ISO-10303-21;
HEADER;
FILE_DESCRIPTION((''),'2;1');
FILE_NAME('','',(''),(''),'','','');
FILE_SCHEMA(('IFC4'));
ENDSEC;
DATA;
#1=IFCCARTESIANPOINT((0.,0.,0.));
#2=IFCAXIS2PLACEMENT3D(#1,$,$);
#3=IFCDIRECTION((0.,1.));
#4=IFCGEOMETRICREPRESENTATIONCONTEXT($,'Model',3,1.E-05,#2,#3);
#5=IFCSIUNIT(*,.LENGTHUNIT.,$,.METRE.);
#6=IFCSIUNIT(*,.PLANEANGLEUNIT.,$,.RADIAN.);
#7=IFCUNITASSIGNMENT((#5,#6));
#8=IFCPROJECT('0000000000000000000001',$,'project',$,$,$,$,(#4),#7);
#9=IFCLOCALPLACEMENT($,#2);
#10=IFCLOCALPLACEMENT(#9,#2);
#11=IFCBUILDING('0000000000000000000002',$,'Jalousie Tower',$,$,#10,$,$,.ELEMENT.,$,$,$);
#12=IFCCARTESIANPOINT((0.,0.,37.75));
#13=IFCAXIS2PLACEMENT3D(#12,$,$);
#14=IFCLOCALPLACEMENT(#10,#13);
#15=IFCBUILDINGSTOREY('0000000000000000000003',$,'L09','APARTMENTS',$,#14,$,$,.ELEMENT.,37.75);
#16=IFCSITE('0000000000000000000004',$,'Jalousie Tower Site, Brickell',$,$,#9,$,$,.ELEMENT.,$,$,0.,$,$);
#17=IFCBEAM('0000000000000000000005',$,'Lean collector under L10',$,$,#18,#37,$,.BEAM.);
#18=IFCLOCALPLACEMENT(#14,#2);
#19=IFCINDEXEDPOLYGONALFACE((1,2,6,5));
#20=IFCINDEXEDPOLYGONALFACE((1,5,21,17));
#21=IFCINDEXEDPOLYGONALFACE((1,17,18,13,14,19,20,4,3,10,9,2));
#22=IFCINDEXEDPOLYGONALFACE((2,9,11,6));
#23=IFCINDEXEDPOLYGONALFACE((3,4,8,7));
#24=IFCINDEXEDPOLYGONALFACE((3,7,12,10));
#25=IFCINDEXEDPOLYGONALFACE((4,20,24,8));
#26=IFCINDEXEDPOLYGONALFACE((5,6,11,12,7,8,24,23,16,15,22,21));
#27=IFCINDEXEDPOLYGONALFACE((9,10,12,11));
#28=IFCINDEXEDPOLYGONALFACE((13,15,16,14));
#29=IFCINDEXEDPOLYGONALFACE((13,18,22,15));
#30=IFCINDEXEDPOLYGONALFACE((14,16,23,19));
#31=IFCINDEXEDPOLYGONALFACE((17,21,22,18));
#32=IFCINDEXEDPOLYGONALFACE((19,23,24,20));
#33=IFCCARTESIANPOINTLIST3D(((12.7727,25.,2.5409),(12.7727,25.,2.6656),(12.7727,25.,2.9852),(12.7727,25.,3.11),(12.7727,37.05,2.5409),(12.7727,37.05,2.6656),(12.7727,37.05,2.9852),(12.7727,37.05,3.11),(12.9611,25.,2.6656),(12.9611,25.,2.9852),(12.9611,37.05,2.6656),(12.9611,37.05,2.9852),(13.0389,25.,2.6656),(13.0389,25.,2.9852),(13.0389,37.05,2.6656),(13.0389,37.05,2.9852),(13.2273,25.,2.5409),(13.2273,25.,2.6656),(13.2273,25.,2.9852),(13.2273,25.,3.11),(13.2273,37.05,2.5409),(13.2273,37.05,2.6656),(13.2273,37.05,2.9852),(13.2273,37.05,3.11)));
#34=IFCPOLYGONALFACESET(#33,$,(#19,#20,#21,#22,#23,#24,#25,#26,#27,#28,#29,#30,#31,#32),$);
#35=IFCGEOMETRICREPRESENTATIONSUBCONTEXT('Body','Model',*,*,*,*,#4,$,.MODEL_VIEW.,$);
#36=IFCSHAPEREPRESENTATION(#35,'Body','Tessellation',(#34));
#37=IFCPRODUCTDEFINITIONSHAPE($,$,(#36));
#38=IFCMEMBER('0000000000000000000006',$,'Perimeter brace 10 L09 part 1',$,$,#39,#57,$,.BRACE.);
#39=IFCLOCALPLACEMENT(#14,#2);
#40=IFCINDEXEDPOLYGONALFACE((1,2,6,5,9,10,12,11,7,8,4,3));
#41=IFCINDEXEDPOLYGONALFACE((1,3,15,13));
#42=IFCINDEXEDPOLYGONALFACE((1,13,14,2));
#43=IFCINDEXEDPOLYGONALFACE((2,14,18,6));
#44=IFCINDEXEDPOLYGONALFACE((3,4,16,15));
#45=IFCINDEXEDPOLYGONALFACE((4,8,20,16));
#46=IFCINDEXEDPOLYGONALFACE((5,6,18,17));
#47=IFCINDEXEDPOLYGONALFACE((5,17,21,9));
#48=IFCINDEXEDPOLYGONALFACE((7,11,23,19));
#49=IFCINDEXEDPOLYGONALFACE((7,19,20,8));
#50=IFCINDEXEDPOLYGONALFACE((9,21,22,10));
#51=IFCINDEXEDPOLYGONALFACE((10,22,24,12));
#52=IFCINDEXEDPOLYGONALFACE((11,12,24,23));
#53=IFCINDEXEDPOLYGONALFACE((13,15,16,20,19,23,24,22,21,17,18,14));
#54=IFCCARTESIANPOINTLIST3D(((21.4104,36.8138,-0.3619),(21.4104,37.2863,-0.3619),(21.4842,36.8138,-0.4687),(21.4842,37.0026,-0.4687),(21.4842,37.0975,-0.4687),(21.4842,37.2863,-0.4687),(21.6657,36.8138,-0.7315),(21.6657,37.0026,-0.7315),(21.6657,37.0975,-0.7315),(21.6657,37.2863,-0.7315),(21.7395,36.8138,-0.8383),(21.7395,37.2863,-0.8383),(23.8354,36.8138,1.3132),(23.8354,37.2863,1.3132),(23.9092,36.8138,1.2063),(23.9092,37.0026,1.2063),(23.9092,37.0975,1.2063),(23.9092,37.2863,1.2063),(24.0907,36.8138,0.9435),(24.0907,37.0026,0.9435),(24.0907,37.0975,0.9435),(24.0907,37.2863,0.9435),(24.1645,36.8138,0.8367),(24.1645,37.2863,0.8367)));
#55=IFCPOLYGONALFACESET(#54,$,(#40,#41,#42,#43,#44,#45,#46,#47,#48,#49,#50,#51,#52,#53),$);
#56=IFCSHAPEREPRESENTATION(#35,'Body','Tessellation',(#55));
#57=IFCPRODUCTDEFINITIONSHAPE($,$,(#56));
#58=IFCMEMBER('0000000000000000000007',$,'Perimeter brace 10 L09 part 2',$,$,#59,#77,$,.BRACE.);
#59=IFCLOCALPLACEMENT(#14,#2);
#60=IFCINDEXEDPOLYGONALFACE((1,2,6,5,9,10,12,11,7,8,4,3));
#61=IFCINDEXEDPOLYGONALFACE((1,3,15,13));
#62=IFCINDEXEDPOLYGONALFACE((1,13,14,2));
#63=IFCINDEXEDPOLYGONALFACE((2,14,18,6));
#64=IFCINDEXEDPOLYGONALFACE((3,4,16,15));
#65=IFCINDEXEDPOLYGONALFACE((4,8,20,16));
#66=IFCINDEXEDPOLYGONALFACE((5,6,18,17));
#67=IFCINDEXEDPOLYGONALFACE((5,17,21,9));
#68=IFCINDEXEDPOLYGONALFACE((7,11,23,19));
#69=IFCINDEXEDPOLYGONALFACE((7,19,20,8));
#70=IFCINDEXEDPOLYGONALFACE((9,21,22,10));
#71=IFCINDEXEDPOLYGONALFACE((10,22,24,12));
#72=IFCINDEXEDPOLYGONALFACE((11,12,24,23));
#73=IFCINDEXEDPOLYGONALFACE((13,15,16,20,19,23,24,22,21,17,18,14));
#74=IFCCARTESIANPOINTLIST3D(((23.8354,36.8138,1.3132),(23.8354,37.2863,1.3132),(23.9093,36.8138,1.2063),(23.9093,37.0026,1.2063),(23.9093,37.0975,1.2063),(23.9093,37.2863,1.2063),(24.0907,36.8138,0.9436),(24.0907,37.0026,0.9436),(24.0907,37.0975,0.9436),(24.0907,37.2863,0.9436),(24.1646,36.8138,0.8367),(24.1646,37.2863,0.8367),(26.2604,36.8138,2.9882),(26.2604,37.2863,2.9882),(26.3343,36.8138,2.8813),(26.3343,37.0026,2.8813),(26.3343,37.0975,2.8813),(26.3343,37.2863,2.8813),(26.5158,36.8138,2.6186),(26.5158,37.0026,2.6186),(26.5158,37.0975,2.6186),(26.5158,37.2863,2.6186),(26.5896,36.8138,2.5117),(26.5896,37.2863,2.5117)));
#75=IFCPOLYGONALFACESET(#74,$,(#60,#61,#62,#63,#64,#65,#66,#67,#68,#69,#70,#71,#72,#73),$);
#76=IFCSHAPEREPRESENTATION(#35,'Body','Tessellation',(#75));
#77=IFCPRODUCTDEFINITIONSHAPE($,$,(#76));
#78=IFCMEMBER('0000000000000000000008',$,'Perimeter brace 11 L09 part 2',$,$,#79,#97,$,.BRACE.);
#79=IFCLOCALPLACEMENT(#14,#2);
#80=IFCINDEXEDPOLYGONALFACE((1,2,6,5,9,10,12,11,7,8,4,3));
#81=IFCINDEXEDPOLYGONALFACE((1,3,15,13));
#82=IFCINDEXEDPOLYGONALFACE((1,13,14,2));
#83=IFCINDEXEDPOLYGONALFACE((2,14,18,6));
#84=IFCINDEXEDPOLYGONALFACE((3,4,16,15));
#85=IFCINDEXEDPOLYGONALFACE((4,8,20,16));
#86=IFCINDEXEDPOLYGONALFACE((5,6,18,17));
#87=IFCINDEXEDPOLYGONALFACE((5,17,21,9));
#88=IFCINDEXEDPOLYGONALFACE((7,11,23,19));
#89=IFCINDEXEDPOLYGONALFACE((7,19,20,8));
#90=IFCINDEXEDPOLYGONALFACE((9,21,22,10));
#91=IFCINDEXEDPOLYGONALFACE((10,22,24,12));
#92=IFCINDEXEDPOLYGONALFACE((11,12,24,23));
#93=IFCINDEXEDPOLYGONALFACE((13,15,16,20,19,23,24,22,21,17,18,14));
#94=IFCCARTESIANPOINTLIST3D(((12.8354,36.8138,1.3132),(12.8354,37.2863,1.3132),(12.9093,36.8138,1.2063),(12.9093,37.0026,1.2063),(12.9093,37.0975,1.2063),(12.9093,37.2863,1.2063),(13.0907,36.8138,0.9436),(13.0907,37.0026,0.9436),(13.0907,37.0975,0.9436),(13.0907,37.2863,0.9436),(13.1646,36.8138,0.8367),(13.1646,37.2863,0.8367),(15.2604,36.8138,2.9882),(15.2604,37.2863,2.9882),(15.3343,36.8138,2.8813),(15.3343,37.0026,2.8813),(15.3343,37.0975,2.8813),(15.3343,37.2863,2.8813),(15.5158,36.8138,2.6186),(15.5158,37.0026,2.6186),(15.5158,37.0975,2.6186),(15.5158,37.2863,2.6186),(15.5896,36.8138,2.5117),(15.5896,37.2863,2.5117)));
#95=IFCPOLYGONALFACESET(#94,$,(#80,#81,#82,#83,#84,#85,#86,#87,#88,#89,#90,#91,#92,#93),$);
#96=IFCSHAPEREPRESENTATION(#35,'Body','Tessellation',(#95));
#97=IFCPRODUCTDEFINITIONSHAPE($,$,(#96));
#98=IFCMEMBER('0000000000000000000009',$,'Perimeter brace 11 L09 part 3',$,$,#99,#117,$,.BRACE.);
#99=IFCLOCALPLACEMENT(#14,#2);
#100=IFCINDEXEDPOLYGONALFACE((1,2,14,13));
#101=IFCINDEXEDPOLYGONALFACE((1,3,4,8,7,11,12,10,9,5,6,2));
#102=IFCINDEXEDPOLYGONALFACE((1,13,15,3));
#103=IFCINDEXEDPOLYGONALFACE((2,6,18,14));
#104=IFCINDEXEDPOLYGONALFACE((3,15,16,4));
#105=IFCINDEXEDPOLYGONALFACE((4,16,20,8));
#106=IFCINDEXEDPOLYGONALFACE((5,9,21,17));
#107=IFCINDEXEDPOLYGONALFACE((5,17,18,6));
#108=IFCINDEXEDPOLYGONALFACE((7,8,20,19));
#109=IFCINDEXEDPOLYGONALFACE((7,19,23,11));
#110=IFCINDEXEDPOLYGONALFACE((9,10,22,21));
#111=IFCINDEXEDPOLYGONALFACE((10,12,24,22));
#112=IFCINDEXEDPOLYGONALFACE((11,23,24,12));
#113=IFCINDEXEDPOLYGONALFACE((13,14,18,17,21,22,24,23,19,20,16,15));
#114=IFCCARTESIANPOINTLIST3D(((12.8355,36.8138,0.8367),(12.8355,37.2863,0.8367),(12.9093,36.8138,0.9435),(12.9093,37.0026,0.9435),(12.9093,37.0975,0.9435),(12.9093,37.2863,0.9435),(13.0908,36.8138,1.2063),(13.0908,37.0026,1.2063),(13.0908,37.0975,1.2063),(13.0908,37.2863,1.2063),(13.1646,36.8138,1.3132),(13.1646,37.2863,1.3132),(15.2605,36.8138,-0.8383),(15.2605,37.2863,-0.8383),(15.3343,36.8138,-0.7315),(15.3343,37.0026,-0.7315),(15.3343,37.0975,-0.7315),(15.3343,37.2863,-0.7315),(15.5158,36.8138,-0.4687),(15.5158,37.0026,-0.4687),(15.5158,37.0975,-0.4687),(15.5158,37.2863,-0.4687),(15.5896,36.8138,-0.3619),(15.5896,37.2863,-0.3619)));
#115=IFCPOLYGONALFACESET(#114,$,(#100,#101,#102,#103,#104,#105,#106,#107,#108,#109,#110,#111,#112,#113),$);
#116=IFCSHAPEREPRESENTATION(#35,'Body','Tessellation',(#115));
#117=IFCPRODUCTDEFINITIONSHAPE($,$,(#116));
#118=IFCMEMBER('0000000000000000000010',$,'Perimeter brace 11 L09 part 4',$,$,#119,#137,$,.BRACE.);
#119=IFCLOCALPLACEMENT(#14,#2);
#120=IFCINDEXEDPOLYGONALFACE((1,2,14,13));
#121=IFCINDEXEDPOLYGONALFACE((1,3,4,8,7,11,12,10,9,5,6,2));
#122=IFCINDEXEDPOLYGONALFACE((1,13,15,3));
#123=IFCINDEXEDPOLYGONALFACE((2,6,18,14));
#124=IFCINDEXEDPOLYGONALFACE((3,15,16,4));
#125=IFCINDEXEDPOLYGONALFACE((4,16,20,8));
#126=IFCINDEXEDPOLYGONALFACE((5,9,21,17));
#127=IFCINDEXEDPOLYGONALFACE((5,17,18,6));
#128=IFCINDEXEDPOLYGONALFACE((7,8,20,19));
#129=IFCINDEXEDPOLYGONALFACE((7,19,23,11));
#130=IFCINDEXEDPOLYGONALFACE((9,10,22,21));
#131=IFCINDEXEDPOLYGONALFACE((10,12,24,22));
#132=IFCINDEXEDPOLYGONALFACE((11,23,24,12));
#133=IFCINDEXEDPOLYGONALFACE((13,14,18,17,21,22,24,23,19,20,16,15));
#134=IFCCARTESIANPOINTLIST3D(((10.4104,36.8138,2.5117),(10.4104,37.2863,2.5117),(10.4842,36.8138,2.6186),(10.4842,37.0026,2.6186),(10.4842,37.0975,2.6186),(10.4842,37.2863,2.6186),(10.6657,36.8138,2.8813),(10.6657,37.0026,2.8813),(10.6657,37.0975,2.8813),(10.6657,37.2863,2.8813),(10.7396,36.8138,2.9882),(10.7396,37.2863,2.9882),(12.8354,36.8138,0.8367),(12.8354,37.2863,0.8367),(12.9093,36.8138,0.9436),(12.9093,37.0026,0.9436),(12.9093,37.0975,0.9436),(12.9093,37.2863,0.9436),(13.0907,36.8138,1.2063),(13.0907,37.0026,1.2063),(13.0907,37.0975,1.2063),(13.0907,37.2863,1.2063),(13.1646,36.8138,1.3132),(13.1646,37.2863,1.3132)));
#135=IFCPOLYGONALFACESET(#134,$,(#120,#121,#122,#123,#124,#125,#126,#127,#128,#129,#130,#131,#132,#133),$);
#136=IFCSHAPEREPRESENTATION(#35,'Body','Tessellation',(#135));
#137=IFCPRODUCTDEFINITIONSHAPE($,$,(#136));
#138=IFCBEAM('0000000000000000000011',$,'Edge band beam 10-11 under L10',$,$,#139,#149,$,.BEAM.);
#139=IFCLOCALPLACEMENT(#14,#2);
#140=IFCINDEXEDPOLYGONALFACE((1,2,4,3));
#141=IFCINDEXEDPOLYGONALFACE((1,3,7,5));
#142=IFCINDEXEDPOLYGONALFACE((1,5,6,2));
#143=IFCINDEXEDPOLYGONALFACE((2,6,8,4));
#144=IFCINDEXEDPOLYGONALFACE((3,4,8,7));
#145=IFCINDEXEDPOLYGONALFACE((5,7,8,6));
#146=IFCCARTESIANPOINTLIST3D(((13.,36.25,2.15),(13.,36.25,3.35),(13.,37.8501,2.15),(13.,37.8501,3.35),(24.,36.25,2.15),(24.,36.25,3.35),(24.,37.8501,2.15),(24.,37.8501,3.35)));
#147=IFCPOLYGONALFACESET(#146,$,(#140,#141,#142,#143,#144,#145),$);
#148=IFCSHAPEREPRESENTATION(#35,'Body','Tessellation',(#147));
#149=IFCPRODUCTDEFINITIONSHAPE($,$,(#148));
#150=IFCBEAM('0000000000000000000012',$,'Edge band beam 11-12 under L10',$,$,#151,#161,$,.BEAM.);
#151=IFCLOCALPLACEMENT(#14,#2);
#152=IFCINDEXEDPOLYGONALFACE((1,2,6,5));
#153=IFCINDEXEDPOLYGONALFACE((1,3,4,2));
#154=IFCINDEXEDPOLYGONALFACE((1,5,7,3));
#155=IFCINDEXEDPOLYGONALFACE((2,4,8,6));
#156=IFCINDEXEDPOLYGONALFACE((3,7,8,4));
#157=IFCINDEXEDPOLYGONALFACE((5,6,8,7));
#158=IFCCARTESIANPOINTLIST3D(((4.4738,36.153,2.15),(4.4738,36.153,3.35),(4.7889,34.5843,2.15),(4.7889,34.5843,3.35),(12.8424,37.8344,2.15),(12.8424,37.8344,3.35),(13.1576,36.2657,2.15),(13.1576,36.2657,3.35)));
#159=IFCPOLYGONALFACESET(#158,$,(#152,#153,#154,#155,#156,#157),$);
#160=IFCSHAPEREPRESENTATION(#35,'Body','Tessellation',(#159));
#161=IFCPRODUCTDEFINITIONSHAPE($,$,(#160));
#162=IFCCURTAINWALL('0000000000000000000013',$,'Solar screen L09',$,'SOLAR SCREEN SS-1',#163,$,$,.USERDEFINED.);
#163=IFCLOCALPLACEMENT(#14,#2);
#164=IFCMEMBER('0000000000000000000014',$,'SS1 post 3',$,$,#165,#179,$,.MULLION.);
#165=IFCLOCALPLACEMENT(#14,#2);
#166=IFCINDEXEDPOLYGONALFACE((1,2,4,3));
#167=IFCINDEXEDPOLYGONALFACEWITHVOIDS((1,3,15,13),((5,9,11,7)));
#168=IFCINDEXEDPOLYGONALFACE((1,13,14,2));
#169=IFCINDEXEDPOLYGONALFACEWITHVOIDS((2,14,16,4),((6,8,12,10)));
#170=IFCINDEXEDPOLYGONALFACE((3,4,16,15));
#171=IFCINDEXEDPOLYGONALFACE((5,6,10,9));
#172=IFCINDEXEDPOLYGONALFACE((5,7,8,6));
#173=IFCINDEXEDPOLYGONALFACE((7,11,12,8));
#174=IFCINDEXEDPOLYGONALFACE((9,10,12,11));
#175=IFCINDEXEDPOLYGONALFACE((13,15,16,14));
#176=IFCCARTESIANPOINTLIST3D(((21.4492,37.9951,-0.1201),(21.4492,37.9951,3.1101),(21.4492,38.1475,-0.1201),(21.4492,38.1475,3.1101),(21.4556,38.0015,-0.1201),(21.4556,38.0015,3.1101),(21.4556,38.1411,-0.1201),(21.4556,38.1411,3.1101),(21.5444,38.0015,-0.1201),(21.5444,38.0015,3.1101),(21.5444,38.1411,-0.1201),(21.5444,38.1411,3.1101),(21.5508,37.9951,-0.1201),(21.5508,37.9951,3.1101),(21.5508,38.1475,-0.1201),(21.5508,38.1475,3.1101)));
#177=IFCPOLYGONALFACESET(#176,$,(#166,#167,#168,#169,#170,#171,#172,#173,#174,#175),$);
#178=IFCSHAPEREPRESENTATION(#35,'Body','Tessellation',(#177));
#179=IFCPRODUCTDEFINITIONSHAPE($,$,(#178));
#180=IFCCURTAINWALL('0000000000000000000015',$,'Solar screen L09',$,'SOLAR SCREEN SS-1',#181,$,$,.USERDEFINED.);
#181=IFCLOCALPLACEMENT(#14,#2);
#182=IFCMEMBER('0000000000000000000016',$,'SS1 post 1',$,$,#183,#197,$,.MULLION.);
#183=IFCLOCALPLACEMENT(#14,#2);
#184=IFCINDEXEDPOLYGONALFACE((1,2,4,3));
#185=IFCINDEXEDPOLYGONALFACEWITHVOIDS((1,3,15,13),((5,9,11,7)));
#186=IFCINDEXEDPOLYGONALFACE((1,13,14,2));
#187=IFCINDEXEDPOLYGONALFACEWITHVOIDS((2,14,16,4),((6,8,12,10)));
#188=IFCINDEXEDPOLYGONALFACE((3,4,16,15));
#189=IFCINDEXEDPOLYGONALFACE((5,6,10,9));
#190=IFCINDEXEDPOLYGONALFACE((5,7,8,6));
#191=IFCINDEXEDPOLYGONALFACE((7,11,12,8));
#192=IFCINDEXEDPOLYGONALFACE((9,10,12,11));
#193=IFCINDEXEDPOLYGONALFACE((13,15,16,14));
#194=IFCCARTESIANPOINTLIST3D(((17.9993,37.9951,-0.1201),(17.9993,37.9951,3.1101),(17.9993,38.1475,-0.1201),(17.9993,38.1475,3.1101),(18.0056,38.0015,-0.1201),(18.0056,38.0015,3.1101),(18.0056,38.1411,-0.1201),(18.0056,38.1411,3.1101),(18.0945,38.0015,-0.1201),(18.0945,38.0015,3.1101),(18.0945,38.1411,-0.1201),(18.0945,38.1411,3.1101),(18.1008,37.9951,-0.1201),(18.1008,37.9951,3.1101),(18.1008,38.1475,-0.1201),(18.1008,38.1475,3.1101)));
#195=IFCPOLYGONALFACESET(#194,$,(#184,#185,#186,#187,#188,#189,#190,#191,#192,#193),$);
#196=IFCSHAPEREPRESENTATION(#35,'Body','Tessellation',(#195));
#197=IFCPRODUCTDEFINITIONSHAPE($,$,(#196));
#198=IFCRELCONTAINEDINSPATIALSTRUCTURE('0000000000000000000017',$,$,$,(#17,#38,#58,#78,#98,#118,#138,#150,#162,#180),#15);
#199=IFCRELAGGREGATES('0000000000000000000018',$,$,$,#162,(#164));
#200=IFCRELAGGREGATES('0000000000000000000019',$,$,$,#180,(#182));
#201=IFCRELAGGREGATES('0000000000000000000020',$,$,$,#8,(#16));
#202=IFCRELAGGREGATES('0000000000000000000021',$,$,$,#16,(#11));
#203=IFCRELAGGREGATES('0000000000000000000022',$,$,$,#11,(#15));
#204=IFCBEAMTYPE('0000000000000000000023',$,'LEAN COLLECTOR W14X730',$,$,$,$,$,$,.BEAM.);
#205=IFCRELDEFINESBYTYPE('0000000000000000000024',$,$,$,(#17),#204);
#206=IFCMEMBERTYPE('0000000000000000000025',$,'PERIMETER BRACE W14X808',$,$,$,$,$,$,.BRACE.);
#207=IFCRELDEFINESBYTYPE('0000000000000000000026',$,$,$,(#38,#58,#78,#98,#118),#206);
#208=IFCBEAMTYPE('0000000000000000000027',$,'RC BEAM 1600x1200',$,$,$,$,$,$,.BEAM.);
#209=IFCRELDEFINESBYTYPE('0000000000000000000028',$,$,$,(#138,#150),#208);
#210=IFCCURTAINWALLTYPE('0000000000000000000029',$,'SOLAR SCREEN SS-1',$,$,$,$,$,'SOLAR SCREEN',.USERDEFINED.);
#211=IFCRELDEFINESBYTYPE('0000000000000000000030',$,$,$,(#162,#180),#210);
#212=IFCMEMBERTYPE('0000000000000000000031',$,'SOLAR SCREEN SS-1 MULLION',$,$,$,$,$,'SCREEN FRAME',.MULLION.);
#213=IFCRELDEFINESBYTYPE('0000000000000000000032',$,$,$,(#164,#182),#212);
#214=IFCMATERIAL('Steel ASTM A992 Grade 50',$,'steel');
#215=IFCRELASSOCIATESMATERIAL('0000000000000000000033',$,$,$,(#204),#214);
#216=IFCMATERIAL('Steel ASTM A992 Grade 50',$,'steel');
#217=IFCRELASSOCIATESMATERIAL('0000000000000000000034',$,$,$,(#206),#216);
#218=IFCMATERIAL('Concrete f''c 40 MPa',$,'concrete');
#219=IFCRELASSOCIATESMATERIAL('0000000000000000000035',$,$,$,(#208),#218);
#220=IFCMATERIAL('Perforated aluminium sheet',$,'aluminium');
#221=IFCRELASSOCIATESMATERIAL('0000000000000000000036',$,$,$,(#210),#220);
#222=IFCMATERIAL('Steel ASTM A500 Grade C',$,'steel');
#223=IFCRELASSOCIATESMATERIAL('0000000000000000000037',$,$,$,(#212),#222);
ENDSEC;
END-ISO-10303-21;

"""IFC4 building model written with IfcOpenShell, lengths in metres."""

from ifc_helpers import new_model, si_unit, direction, frame, origin, origin_2d, place, context, subcontext, project, spatial, rectangle, hollow_rectangle, i_section, extrude, material, material_profile, profile_set, type_object, element, aggregate, save


model = new_model("IFC4")

# Units and contexts
model_context = context("Model", 3, precision=1e-05, world=origin(), true_north=direction((0.0, 1.0)))
body_context = subcontext(model_context, "Body", "Model", "MODEL_VIEW")
ifc_project = project(units=[si_unit("LENGTHUNIT", "METRE"), si_unit("PLANEANGLEUNIT", "RADIAN")], contexts=[model_context])

# Site, building, storey
site_placement = place(None, origin())
site = spatial("IfcSite", under=ifc_project, at=site_placement, Name="Jalousie Tower Site, Brickell", CompositionType="ELEMENT", RefElevation=0.0)
building_placement = place(site_placement, origin())
building = spatial("IfcBuilding", under=site, at=building_placement, Name="Jalousie Tower", CompositionType="ELEMENT")
storey_placement = place(building_placement, frame((0.0, 0.0, 37.75)))
storey = spatial("IfcBuildingStorey", under=building, at=storey_placement, Name="L09", Description="APARTMENTS", CompositionType="ELEMENT", Elevation=37.75)

# Beam
ifc_material_1 = material(Name="Steel ASTM A992 Grade 50", Category="steel")
ifc_material_profile_1 = material_profile(ifc_material_1, i_section(OverallWidth=0.4546, OverallDepth=0.5691, WebThickness=0.0779, FlangeThickness=0.1248, at=origin_2d()), Name="W14X730")
ifc_profile_set_1 = profile_set([ifc_material_profile_1], Name="Steel ASTM A992 Grade 50")
beam_type_1 = type_object("IfcBeamType", Name="LEAN COLLECTOR W14X730", PredefinedType="BEAM", material=ifc_profile_set_1)
beam_1_placement = place(storey_placement, frame((13.0, 37.05, 2.8254), z_axis=(0.0, -1.0, 0.0), x_axis=(1.0, 0.0, 0.0)))
element("IfcBeam", 1, at=beam_1_placement, inside=storey, type_object=beam_type_1, Name="Lean collector under L10", PredefinedType="BEAM", context=body_context, shape_type="SweptSolid", body=[
    extrude(i_section(OverallWidth=0.4546, OverallDepth=0.5691, WebThickness=0.0779, FlangeThickness=0.1248, at=origin_2d()), origin(), (0.0, 0.0, 1.0), 12.05),
])

# Members
ifc_material_2 = material(Name="Steel ASTM A992 Grade 50", Category="steel")
ifc_material_profile_2 = material_profile(ifc_material_2, i_section(OverallWidth=0.4724, OverallDepth=0.5791, WebThickness=0.095, FlangeThickness=0.1299, at=origin_2d()), Name="W14X808")
ifc_profile_set_2 = profile_set([ifc_material_profile_2], Name="Steel ASTM A992 Grade 50")
member_type_1 = type_object("IfcMemberType", Name="PERIMETER BRACE W14X808", PredefinedType="BRACE", material=ifc_profile_set_2)
for number, where, z_axis, x_axis, name in (
    (2, (21.575, 37.05, -0.6001), (0.8228, 0.0, 0.568331), (0.0, 1.0, 0.0), "Perimeter brace 10 L09 part 1"),
    (3, (24.0, 37.05, 1.075), (0.8228, 0.0, 0.568331), (0.0, 1.0, 0.0), "Perimeter brace 10 L09 part 2"),
    (4, (13.0, 37.05, 1.075), (0.8228, 0.0, 0.568331), (0.0, 1.0, 0.0), "Perimeter brace 11 L09 part 2"),
    (5, (15.425, 37.05, -0.6001), (-0.8228, 0.0, 0.568331), (0.0, -1.0, 0.0), "Perimeter brace 11 L09 part 3"),
    (6, (13.0, 37.05, 1.075), (-0.8228, 0.0, 0.568331), (0.0, -1.0, 0.0), "Perimeter brace 11 L09 part 4"),
):
    element("IfcMember", number, at=place(storey_placement, frame(where, z_axis=z_axis, x_axis=x_axis)), inside=storey, type_object=member_type_1, Name=name, PredefinedType="BRACE", context=body_context, shape_type="SweptSolid", body=[
        extrude(i_section(OverallWidth=0.4724, OverallDepth=0.5791, WebThickness=0.095, FlangeThickness=0.1299, at=origin_2d()), origin(), (0.0, 0.0, 1.0), 2.9473),
    ])

# Beams
ifc_material_3 = material(Name="Concrete f'c 40 MPa", Category="concrete")
ifc_material_profile_3 = material_profile(ifc_material_3, rectangle(XDim=1.6001, YDim=1.2, at=origin_2d()), Name="RC 1600x1200")
ifc_profile_set_3 = profile_set([ifc_material_profile_3], Name="Concrete f'c 40 MPa")
beam_type_2 = type_object("IfcBeamType", Name="RC BEAM 1600x1200", PredefinedType="BEAM", material=ifc_profile_set_3)
beam_2_placement = place(storey_placement, frame((24.0, 37.05, 2.75), z_axis=(-1.0, 0.0, 0.0), x_axis=(0.0, -1.0, 0.0)))
element("IfcBeam", 7, at=beam_2_placement, inside=storey, type_object=beam_type_2, Name="Edge band beam 10-11 under L10", PredefinedType="BEAM", context=body_context, shape_type="SweptSolid", body=[
    extrude(rectangle(XDim=1.6001, YDim=1.2, at=origin_2d()), origin(), (0.0, 0.0, 1.0), 11.0),
])
beam_3_placement = place(storey_placement, frame((13.0, 37.05, 2.75), z_axis=(-0.980408, -0.19698, 0.0), x_axis=(0.19698, -0.980408, 0.0)))
element("IfcBeam", 8, at=beam_3_placement, inside=storey, type_object=beam_type_2, Name="Edge band beam 11-12 under L10", PredefinedType="BEAM", context=body_context, shape_type="SweptSolid", body=[
    extrude(rectangle(XDim=1.6001, YDim=1.2, at=origin_2d()), origin(), (0.0, 0.0, 1.0), 8.5359),
])

# Curtain wall, member
ifc_material_4 = material(Name="Perforated aluminium sheet", Category="aluminium")
curtain_wall_type = type_object("IfcCurtainWallType", Name="SOLAR SCREEN SS-1", ElementType="SOLAR SCREEN", PredefinedType="USERDEFINED", material=ifc_material_4)
curtain_wall_1_placement = place(storey_placement, origin())
curtain_wall_1 = element("IfcCurtainWall", 9, at=curtain_wall_1_placement, inside=storey, type_object=curtain_wall_type, Name="Solar screen L09", ObjectType="SOLAR SCREEN SS-1", PredefinedType="USERDEFINED")
ifc_material_5 = material(Name="Steel ASTM A500 Grade C", Category="steel")
ifc_material_profile_4 = material_profile(ifc_material_5, hollow_rectangle(XDim=0.1016, YDim=0.1523, WallThickness=0.0063, at=origin_2d()), Name="HSS6X4X1/4")
ifc_profile_set_4 = profile_set([ifc_material_profile_4], Name="Steel ASTM A500 Grade C")
member_type_2 = type_object("IfcMemberType", Name="SOLAR SCREEN SS-1 MULLION", ElementType="SCREEN FRAME", PredefinedType="MULLION", material=ifc_profile_set_4)
member_1_placement = place(storey_placement, frame((21.5, 38.0713, -0.1201), z_axis=(0.0, 0.0, 1.0), x_axis=(-1.0, 0.0, 0.0)))
member_1 = element("IfcMember", 10, at=member_1_placement, type_object=member_type_2, Name="SS1 post 3", PredefinedType="MULLION", context=body_context, shape_type="SweptSolid", body=[
    extrude(hollow_rectangle(XDim=0.1016, YDim=0.1523, WallThickness=0.0063, at=origin_2d()), origin(), (0.0, 0.0, 1.0), 3.2302),
])

# Curtain wall, member
curtain_wall_2_placement = place(storey_placement, origin())
curtain_wall_2 = element("IfcCurtainWall", 11, at=curtain_wall_2_placement, inside=storey, type_object=curtain_wall_type, Name="Solar screen L09", ObjectType="SOLAR SCREEN SS-1", PredefinedType="USERDEFINED")
member_2_placement = place(storey_placement, frame((18.05, 38.0713, -0.1201), z_axis=(0.0, 0.0, 1.0), x_axis=(-1.0, 0.0, 0.0)))
member_2 = element("IfcMember", 12, at=member_2_placement, type_object=member_type_2, Name="SS1 post 1", PredefinedType="MULLION", context=body_context, shape_type="SweptSolid", body=[
    extrude(hollow_rectangle(XDim=0.1016, YDim=0.1523, WallThickness=0.0063, at=origin_2d()), origin(), (0.0, 0.0, 1.0), 3.2302),
])

aggregate(curtain_wall_1, [member_1])
aggregate(curtain_wall_2, [member_2])

save(model, "model.ifc")
